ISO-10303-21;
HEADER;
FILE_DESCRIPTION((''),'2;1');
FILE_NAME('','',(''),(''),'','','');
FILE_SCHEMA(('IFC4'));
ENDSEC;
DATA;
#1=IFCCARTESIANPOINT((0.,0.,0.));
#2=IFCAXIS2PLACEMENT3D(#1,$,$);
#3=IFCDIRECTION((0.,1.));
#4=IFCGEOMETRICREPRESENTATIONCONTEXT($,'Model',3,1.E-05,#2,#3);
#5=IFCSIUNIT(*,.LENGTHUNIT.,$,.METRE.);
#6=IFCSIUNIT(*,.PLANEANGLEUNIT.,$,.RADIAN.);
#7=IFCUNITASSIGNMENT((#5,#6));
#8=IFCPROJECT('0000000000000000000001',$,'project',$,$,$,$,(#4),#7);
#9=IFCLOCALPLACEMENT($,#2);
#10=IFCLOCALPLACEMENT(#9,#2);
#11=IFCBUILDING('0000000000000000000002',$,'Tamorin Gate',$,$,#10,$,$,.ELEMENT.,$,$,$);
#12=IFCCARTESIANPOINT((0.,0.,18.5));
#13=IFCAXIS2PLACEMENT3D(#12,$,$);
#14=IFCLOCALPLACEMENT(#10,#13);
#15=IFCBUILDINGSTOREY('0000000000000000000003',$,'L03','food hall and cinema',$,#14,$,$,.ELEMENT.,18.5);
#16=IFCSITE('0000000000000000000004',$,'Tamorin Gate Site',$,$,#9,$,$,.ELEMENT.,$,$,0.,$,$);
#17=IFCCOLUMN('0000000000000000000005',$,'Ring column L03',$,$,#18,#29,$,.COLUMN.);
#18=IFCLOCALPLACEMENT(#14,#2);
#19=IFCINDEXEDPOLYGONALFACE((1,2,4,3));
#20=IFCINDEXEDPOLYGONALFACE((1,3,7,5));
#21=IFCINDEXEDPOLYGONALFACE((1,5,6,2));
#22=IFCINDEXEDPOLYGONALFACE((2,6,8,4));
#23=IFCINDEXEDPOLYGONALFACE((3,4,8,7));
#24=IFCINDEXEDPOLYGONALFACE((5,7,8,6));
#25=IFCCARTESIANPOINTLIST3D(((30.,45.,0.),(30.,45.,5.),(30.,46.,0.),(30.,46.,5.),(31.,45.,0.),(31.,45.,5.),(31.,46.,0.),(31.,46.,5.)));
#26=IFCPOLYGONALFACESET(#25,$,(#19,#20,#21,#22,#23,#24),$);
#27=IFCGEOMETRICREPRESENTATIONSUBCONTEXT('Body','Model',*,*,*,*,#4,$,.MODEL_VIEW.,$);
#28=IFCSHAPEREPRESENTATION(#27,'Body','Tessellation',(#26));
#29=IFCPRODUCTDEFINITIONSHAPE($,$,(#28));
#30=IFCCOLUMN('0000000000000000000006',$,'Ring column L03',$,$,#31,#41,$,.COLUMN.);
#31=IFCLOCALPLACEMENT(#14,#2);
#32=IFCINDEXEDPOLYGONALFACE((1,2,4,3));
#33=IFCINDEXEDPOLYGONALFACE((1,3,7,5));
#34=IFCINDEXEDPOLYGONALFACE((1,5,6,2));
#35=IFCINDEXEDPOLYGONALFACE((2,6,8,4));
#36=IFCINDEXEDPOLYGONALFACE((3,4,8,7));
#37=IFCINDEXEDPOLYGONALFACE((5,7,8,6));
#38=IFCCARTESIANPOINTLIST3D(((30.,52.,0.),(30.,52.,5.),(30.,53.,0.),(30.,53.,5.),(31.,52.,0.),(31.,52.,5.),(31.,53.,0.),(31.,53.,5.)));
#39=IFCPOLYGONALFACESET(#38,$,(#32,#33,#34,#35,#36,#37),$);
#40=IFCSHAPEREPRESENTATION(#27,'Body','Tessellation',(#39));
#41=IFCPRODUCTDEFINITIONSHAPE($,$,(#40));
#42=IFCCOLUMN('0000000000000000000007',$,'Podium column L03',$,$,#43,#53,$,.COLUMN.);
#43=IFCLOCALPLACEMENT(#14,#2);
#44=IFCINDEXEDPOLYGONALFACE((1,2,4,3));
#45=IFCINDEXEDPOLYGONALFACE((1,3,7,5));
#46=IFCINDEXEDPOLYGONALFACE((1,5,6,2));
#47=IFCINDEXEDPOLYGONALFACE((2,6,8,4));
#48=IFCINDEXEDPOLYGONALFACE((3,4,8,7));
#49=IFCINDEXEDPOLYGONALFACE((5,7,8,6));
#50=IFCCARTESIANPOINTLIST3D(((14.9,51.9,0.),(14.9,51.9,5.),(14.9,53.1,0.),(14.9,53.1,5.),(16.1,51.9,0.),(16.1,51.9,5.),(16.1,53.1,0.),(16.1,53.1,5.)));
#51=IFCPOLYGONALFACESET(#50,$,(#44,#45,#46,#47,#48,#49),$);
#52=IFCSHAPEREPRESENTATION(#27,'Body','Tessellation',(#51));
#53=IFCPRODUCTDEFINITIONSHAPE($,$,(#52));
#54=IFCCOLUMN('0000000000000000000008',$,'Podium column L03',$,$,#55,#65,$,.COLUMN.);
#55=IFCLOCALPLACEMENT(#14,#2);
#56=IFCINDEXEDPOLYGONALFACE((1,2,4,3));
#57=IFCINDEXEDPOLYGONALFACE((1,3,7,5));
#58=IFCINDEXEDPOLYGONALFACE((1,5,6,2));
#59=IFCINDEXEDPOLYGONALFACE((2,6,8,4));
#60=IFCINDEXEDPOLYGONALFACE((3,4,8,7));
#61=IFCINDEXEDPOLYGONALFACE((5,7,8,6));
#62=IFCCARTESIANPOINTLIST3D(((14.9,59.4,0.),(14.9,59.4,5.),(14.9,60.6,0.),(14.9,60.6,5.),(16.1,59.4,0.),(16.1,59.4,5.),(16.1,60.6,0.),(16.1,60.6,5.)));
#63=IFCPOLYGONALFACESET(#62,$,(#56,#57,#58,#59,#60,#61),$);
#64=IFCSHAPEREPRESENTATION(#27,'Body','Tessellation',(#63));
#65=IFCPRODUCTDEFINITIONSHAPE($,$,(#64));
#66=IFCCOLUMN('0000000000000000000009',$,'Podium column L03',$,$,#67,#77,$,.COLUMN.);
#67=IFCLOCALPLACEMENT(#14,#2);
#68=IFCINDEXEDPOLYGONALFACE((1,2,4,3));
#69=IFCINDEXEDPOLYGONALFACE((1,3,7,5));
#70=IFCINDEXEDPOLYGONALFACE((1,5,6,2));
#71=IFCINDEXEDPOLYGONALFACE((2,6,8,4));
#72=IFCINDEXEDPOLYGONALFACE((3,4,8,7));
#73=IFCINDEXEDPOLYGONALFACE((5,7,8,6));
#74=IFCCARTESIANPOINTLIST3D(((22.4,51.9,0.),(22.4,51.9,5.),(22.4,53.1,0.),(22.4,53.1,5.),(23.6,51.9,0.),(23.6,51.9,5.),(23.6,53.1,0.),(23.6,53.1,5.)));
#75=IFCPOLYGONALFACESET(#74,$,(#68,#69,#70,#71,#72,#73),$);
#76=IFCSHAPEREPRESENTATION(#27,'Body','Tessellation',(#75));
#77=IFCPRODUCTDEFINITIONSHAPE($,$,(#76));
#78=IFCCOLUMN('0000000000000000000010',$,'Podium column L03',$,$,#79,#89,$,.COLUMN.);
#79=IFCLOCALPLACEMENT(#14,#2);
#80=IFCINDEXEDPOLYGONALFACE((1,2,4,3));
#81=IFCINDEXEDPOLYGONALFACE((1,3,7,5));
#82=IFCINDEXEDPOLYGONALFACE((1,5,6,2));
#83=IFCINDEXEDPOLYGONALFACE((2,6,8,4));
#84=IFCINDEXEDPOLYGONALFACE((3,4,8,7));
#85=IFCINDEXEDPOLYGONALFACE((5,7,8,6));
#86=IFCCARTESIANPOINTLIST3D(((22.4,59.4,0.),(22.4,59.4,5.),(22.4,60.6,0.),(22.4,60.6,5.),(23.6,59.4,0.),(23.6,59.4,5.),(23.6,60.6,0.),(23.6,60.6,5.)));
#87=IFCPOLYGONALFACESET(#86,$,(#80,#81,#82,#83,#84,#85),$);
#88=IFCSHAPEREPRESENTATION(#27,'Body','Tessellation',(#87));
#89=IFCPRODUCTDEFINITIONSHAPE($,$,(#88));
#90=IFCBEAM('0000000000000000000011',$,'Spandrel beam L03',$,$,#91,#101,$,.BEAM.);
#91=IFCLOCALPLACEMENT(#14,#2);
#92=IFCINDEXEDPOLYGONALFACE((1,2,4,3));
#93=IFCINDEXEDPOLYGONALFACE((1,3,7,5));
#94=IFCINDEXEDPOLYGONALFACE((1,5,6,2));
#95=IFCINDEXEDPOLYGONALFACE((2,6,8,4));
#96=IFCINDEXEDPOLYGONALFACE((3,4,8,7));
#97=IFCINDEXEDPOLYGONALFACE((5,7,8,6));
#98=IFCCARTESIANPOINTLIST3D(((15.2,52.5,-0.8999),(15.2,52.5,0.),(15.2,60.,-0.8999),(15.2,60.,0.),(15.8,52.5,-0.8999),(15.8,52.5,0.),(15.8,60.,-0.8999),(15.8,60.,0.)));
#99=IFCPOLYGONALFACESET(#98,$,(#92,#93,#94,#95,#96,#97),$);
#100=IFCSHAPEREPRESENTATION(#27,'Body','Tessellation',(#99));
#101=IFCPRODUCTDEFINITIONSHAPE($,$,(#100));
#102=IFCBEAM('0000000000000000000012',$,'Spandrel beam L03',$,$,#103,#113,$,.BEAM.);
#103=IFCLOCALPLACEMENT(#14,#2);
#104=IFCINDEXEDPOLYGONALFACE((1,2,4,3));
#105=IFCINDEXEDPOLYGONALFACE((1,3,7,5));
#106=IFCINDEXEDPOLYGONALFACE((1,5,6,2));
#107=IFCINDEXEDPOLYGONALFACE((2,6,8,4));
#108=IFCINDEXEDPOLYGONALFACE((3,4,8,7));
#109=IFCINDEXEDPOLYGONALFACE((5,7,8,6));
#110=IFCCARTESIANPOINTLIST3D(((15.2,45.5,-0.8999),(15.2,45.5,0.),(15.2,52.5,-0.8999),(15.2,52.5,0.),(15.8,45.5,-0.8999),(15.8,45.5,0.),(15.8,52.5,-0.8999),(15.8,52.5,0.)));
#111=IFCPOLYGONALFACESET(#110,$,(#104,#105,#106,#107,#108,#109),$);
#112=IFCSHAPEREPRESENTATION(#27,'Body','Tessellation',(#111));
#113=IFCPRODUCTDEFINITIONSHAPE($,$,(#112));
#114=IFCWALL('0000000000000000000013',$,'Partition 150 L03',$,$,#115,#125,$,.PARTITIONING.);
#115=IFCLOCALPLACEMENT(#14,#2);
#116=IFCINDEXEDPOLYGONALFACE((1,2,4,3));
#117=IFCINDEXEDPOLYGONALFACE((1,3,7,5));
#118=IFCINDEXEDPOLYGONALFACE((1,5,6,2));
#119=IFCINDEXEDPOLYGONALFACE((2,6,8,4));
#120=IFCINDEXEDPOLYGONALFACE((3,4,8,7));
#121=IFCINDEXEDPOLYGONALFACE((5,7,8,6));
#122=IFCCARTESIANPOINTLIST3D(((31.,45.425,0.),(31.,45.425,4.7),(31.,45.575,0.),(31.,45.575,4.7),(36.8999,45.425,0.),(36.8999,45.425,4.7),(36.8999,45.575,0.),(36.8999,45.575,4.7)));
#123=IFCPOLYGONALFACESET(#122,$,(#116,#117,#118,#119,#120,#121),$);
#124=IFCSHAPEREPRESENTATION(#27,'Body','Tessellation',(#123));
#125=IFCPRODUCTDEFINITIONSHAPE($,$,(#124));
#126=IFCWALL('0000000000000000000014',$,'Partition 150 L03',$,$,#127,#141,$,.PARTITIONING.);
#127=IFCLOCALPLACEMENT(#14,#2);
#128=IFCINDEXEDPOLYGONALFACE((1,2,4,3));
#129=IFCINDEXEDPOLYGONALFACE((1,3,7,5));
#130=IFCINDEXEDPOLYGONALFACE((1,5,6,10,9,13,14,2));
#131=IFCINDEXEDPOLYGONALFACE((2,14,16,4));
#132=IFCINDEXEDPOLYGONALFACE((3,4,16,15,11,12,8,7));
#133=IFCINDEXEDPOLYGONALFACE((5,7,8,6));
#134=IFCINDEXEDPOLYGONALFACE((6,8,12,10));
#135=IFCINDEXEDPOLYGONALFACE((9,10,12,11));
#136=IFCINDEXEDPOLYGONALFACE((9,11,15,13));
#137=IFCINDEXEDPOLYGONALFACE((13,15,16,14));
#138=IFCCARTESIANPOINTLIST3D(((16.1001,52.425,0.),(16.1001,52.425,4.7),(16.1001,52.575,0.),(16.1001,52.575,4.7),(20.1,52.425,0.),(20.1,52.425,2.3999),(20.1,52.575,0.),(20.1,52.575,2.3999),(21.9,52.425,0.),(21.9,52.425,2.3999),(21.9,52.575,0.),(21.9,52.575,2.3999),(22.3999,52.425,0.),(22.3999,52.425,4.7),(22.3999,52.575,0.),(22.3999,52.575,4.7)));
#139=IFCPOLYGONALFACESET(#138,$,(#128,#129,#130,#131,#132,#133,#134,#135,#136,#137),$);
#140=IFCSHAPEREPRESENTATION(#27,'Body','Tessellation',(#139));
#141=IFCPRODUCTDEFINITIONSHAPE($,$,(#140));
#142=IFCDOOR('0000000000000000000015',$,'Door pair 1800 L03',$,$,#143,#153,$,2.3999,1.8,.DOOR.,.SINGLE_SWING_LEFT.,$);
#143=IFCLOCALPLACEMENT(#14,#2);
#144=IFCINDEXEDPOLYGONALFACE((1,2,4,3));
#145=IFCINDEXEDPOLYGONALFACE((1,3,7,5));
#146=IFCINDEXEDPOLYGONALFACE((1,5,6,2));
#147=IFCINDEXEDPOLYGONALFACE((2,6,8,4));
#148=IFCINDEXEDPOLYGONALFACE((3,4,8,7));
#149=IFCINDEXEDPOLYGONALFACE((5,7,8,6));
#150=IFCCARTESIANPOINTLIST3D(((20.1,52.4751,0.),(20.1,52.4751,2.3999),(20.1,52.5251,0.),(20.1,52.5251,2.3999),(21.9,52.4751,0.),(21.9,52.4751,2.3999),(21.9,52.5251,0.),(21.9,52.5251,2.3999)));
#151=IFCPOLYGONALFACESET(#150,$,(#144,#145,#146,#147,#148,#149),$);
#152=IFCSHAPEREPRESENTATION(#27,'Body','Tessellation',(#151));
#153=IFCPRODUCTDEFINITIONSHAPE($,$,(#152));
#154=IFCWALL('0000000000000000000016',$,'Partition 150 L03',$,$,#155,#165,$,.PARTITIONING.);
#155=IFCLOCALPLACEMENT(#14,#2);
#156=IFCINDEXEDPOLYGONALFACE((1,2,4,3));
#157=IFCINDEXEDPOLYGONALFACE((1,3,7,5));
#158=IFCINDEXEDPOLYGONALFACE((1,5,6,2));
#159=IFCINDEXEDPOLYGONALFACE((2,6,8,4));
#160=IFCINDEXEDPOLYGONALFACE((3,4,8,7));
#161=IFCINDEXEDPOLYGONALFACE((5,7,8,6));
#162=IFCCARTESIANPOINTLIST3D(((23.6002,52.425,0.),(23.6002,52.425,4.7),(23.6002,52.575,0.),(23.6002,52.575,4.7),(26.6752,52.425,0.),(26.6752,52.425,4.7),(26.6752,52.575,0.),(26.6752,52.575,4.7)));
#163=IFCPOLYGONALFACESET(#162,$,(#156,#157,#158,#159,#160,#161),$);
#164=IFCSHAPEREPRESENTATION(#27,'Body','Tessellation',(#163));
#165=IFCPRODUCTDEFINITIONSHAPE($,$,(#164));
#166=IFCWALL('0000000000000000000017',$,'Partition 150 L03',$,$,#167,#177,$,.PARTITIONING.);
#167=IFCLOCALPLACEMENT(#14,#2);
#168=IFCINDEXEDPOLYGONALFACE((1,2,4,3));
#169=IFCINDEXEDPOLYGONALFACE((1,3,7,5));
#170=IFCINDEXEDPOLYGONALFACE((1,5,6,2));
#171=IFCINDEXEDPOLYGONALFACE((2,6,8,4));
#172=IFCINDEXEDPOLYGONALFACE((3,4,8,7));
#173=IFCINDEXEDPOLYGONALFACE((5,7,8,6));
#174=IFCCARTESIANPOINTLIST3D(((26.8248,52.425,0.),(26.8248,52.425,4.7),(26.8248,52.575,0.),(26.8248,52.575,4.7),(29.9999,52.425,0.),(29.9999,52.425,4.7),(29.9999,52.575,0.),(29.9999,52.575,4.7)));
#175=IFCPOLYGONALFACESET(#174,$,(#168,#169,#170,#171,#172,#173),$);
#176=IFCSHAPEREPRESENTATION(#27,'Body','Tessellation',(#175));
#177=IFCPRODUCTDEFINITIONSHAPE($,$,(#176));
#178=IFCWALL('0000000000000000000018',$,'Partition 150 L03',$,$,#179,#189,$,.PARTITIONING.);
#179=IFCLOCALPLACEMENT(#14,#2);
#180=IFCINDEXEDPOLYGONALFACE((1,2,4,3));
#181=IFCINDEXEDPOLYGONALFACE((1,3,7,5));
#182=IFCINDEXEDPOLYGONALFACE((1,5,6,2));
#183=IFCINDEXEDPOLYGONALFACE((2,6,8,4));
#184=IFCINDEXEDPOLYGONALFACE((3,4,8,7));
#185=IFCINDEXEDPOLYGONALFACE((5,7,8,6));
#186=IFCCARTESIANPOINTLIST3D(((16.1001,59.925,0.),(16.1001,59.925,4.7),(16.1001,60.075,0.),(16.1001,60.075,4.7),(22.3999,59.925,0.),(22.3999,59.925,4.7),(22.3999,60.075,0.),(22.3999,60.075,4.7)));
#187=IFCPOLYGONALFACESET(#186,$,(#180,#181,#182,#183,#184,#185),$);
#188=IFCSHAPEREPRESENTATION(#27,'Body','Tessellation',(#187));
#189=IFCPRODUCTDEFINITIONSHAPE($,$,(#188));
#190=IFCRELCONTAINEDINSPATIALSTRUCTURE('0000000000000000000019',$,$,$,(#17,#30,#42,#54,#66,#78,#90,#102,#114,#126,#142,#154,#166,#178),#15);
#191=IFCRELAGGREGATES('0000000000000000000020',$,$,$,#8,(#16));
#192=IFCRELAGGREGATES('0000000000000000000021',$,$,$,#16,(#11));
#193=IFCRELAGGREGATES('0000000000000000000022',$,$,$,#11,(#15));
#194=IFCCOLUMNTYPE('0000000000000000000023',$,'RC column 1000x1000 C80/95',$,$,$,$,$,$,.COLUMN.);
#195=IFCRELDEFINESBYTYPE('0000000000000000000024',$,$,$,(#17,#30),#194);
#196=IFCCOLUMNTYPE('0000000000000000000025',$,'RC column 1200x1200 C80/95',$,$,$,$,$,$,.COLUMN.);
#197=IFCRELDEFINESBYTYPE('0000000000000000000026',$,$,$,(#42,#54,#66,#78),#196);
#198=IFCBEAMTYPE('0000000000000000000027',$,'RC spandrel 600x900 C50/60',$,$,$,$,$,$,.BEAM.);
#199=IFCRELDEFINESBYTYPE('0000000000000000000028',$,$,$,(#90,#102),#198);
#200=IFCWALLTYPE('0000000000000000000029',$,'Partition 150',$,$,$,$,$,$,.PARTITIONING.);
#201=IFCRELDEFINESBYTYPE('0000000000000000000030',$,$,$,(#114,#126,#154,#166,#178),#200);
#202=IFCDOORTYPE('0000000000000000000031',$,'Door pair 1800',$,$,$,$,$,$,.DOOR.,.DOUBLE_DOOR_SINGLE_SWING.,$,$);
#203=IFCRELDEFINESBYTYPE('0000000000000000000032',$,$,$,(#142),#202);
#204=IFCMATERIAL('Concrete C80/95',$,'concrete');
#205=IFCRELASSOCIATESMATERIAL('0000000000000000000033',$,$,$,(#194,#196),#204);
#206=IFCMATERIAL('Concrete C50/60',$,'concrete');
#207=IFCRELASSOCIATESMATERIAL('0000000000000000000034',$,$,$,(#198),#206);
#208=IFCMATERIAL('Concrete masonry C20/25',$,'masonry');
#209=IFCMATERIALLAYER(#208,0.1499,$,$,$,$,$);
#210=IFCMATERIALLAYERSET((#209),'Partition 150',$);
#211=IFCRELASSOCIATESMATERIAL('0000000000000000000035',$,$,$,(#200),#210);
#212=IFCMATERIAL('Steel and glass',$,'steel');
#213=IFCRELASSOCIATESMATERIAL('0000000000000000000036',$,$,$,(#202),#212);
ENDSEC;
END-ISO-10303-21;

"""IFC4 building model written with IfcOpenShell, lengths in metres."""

from ifc_helpers import new_model, si_unit, direction, frame, frame_2d, origin, origin_2d, place, context, subcontext, project, spatial, rectangle, extrude, material, layer, layer_set, material_profile, profile_set, type_object, element, fill, save


model = new_model("IFC4")

# Units and contexts
model_context = context("Model", 3, precision=1e-05, world=origin(), true_north=direction((0.0, 1.0)))
body_context = subcontext(model_context, "Body", "Model", "MODEL_VIEW")
ifc_project = project(units=[si_unit("LENGTHUNIT", "METRE"), si_unit("PLANEANGLEUNIT", "RADIAN")], contexts=[model_context])

# Site, building, storey
site_placement = place(None, origin())
site = spatial("IfcSite", under=ifc_project, at=site_placement, Name="Tamorin Gate Site", CompositionType="ELEMENT", RefElevation=0.0)
building_placement = place(site_placement, origin())
building = spatial("IfcBuilding", under=site, at=building_placement, Name="Tamorin Gate", CompositionType="ELEMENT")
storey_placement = place(building_placement, frame((0.0, 0.0, 18.5)))
storey = spatial("IfcBuildingStorey", under=building, at=storey_placement, Name="L03", Description="food hall and cinema", CompositionType="ELEMENT", Elevation=18.5)

# Columns
ifc_material_1 = material(Name="Concrete C80/95", Category="concrete")
ifc_material_profile_1 = material_profile(ifc_material_1, rectangle(XDim=1.0, YDim=1.0, at=origin_2d()), Name="RC 1000x1000")
ifc_profile_set_1 = profile_set([ifc_material_profile_1], Name="Concrete C80/95")
column_type_1 = type_object("IfcColumnType", Name="RC column 1000x1000 C80/95", PredefinedType="COLUMN", material=ifc_profile_set_1)
for number, where, z_axis, x_axis, name in (
    (1, (30.5, 45.5, 0.0), (0.0, 0.0, 1.0), (1.0, 0.0, 0.0), "Ring column L03"),
    (2, (30.5, 52.5, 0.0), (0.0, 0.0, 1.0), (1.0, 0.0, 0.0), "Ring column L03"),
):
    element("IfcColumn", number, at=place(storey_placement, frame(where, z_axis=z_axis, x_axis=x_axis)), inside=storey, type_object=column_type_1, Name=name, PredefinedType="COLUMN", context=body_context, shape_type="SweptSolid", body=[
        extrude(rectangle(XDim=1.0, YDim=1.0, at=origin_2d()), origin(), (0.0, 0.0, 1.0), 5.0),
    ])
ifc_material_profile_2 = material_profile(ifc_material_1, rectangle(XDim=1.2, YDim=1.2, at=origin_2d()), Name="RC 1200x1200")
ifc_profile_set_2 = profile_set([ifc_material_profile_2], Name="Concrete C80/95")
column_type_2 = type_object("IfcColumnType", Name="RC column 1200x1200 C80/95", PredefinedType="COLUMN", material=ifc_profile_set_2)
for number, where, z_axis, x_axis, name in (
    (3, (15.5, 52.5, 0.0), (0.0, 0.0, 1.0), (1.0, 0.0, 0.0), "Podium column L03"),
    (4, (15.5, 60.0, 0.0), (0.0, 0.0, 1.0), (1.0, 0.0, 0.0), "Podium column L03"),
    (5, (23.0, 52.5, 0.0), (0.0, 0.0, 1.0), (1.0, 0.0, 0.0), "Podium column L03"),
    (6, (23.0, 60.0, 0.0), (0.0, 0.0, 1.0), (1.0, 0.0, 0.0), "Podium column L03"),
):
    element("IfcColumn", number, at=place(storey_placement, frame(where, z_axis=z_axis, x_axis=x_axis)), inside=storey, type_object=column_type_2, Name=name, PredefinedType="COLUMN", context=body_context, shape_type="SweptSolid", body=[
        extrude(rectangle(XDim=1.2, YDim=1.2, at=origin_2d()), origin(), (0.0, 0.0, 1.0), 5.0),
    ])

# Beams
ifc_material_2 = material(Name="Concrete C50/60", Category="concrete")
ifc_material_profile_3 = material_profile(ifc_material_2, rectangle(XDim=0.6001, YDim=0.8999, at=origin_2d()), Name="RC 600x900")
ifc_profile_set_3 = profile_set([ifc_material_profile_3], Name="Concrete C50/60")
beam_type = type_object("IfcBeamType", Name="RC spandrel 600x900 C50/60", PredefinedType="BEAM", material=ifc_profile_set_3)
beam_1_placement = place(storey_placement, frame((15.5, 60.0, -0.45), z_axis=(0.0, -1.0, 0.0), x_axis=(1.0, 0.0, 0.0)))
element("IfcBeam", 7, at=beam_1_placement, inside=storey, type_object=beam_type, Name="Spandrel beam L03", PredefinedType="BEAM", context=body_context, shape_type="SweptSolid", body=[
    extrude(rectangle(XDim=0.6001, YDim=0.8999, at=origin_2d()), origin(), (0.0, 0.0, 1.0), 7.5),
])
beam_2_placement = place(storey_placement, frame((15.5, 52.5, -0.45), z_axis=(0.0, -1.0, 0.0), x_axis=(1.0, 0.0, 0.0)))
element("IfcBeam", 8, at=beam_2_placement, inside=storey, type_object=beam_type, Name="Spandrel beam L03", PredefinedType="BEAM", context=body_context, shape_type="SweptSolid", body=[
    extrude(rectangle(XDim=0.6001, YDim=0.8999, at=origin_2d()), origin(), (0.0, 0.0, 1.0), 7.0),
])

# Wall
ifc_material_3 = material(Name="Concrete masonry C20/25", Category="masonry")
ifc_layer_1 = layer(ifc_material_3, 0.1499)
ifc_layer_set_1 = layer_set([ifc_layer_1], Name="Partition 150")
wall_type_1 = type_object("IfcWallType", Name="Partition 150", PredefinedType="PARTITIONING", material=ifc_layer_set_1)
wall_1_placement = place(storey_placement, frame((31.0, 45.5, 0.0), z_axis=(0.0, 0.0, 1.0), x_axis=(1.0, 0.0, 0.0)))
element("IfcWall", 9, at=wall_1_placement, inside=storey, type_object=wall_type_1, Name="Partition 150 L03", PredefinedType="PARTITIONING", context=body_context, shape_type="SweptSolid", body=[
    extrude(rectangle(XDim=5.8999, YDim=0.1499, at=frame_2d((2.95, 0.0))), origin(), (0.0, 0.0, 1.0), 4.7),
])

# Wall, opening, door
wall_2_placement = place(storey_placement, frame((22.3999, 52.5, 0.0), z_axis=(0.0, 0.0, 1.0), x_axis=(-1.0, 0.0, 0.0)))
wall_2 = element("IfcWall", 10, at=wall_2_placement, inside=storey, type_object=wall_type_1, Name="Partition 150 L03", PredefinedType="PARTITIONING", context=body_context, shape_type="SweptSolid", body=[
    extrude(rectangle(XDim=6.2998, YDim=0.1499, at=frame_2d((3.1499, 0.0))), origin(), (0.0, 0.0, 1.0), 4.7),
])
opening_1_placement = place(wall_2_placement, frame((0.5, 0.0, 0.0)))
opening_1 = element("IfcOpeningElement", 11, at=opening_1_placement, cuts=wall_2, PredefinedType="OPENING", context=body_context, shape_type="SweptSolid", body=[
    extrude(rectangle(XDim=1.8, YDim=2.3999, at=frame_2d((0.8999, 1.2))), frame((0.0, 0.085, 0.0), z_axis=(0.0, -1.0, 0.0), x_axis=(1.0, 0.0, 0.0)), (0.0, 0.0, 1.0), 0.1699),
])
ifc_material_4 = material(Name="Steel and glass", Category="steel")
door_type_1 = type_object("IfcDoorType", Name="Door pair 1800", OperationType="DOUBLE_DOOR_SINGLE_SWING", PredefinedType="DOOR", material=ifc_material_4)
door_1_placement = place(opening_1_placement, origin())
door_1 = element("IfcDoor", 12, at=door_1_placement, inside=storey, type_object=door_type_1, Name="Door pair 1800 L03", OperationType="SINGLE_SWING_LEFT", OverallHeight=2.3999, OverallWidth=1.8, PredefinedType="DOOR", context=body_context, shape_type="SweptSolid", body=[
    extrude(rectangle(XDim=1.8, YDim=2.3999, at=frame_2d((0.8999, 1.2))), frame((0.0, 0.0249, 0.0), z_axis=(0.0, -1.0, 0.0), x_axis=(1.0, 0.0, 0.0)), (0.0, 0.0, 1.0), 0.05),
])
fill(opening_1, door_1)

# Walls
wall_3_placement = place(storey_placement, frame((23.6001, 52.5, 0.0), z_axis=(0.0, 0.0, 1.0), x_axis=(1.0, 0.0, 0.0)))
element("IfcWall", 13, at=wall_3_placement, inside=storey, type_object=wall_type_1, Name="Partition 150 L03", PredefinedType="PARTITIONING", context=body_context, shape_type="SweptSolid", body=[
    extrude(rectangle(XDim=3.075, YDim=0.1499, at=frame_2d((1.5376, 0.0))), origin(), (0.0, 0.0, 1.0), 4.7),
])
wall_4_placement = place(storey_placement, frame((26.825, 52.5, 0.0), z_axis=(0.0, 0.0, 1.0), x_axis=(1.0, 0.0, 0.0)))
element("IfcWall", 14, at=wall_4_placement, inside=storey, type_object=wall_type_1, Name="Partition 150 L03", PredefinedType="PARTITIONING", context=body_context, shape_type="SweptSolid", body=[
    extrude(rectangle(XDim=3.175, YDim=0.1499, at=frame_2d((1.5874, 0.0))), origin(), (0.0, 0.0, 1.0), 4.7),
])
wall_5_placement = place(storey_placement, frame((16.1001, 60.0, 0.0), z_axis=(0.0, 0.0, 1.0), x_axis=(1.0, 0.0, 0.0)))
element("IfcWall", 15, at=wall_5_placement, inside=storey, type_object=wall_type_1, Name="Partition 150 L03", PredefinedType="PARTITIONING", context=body_context, shape_type="SweptSolid", body=[
    extrude(rectangle(XDim=6.2998, YDim=0.1499, at=frame_2d((3.1499, 0.0))), origin(), (0.0, 0.0, 1.0), 4.7),
])

save(model, "model.ifc")
